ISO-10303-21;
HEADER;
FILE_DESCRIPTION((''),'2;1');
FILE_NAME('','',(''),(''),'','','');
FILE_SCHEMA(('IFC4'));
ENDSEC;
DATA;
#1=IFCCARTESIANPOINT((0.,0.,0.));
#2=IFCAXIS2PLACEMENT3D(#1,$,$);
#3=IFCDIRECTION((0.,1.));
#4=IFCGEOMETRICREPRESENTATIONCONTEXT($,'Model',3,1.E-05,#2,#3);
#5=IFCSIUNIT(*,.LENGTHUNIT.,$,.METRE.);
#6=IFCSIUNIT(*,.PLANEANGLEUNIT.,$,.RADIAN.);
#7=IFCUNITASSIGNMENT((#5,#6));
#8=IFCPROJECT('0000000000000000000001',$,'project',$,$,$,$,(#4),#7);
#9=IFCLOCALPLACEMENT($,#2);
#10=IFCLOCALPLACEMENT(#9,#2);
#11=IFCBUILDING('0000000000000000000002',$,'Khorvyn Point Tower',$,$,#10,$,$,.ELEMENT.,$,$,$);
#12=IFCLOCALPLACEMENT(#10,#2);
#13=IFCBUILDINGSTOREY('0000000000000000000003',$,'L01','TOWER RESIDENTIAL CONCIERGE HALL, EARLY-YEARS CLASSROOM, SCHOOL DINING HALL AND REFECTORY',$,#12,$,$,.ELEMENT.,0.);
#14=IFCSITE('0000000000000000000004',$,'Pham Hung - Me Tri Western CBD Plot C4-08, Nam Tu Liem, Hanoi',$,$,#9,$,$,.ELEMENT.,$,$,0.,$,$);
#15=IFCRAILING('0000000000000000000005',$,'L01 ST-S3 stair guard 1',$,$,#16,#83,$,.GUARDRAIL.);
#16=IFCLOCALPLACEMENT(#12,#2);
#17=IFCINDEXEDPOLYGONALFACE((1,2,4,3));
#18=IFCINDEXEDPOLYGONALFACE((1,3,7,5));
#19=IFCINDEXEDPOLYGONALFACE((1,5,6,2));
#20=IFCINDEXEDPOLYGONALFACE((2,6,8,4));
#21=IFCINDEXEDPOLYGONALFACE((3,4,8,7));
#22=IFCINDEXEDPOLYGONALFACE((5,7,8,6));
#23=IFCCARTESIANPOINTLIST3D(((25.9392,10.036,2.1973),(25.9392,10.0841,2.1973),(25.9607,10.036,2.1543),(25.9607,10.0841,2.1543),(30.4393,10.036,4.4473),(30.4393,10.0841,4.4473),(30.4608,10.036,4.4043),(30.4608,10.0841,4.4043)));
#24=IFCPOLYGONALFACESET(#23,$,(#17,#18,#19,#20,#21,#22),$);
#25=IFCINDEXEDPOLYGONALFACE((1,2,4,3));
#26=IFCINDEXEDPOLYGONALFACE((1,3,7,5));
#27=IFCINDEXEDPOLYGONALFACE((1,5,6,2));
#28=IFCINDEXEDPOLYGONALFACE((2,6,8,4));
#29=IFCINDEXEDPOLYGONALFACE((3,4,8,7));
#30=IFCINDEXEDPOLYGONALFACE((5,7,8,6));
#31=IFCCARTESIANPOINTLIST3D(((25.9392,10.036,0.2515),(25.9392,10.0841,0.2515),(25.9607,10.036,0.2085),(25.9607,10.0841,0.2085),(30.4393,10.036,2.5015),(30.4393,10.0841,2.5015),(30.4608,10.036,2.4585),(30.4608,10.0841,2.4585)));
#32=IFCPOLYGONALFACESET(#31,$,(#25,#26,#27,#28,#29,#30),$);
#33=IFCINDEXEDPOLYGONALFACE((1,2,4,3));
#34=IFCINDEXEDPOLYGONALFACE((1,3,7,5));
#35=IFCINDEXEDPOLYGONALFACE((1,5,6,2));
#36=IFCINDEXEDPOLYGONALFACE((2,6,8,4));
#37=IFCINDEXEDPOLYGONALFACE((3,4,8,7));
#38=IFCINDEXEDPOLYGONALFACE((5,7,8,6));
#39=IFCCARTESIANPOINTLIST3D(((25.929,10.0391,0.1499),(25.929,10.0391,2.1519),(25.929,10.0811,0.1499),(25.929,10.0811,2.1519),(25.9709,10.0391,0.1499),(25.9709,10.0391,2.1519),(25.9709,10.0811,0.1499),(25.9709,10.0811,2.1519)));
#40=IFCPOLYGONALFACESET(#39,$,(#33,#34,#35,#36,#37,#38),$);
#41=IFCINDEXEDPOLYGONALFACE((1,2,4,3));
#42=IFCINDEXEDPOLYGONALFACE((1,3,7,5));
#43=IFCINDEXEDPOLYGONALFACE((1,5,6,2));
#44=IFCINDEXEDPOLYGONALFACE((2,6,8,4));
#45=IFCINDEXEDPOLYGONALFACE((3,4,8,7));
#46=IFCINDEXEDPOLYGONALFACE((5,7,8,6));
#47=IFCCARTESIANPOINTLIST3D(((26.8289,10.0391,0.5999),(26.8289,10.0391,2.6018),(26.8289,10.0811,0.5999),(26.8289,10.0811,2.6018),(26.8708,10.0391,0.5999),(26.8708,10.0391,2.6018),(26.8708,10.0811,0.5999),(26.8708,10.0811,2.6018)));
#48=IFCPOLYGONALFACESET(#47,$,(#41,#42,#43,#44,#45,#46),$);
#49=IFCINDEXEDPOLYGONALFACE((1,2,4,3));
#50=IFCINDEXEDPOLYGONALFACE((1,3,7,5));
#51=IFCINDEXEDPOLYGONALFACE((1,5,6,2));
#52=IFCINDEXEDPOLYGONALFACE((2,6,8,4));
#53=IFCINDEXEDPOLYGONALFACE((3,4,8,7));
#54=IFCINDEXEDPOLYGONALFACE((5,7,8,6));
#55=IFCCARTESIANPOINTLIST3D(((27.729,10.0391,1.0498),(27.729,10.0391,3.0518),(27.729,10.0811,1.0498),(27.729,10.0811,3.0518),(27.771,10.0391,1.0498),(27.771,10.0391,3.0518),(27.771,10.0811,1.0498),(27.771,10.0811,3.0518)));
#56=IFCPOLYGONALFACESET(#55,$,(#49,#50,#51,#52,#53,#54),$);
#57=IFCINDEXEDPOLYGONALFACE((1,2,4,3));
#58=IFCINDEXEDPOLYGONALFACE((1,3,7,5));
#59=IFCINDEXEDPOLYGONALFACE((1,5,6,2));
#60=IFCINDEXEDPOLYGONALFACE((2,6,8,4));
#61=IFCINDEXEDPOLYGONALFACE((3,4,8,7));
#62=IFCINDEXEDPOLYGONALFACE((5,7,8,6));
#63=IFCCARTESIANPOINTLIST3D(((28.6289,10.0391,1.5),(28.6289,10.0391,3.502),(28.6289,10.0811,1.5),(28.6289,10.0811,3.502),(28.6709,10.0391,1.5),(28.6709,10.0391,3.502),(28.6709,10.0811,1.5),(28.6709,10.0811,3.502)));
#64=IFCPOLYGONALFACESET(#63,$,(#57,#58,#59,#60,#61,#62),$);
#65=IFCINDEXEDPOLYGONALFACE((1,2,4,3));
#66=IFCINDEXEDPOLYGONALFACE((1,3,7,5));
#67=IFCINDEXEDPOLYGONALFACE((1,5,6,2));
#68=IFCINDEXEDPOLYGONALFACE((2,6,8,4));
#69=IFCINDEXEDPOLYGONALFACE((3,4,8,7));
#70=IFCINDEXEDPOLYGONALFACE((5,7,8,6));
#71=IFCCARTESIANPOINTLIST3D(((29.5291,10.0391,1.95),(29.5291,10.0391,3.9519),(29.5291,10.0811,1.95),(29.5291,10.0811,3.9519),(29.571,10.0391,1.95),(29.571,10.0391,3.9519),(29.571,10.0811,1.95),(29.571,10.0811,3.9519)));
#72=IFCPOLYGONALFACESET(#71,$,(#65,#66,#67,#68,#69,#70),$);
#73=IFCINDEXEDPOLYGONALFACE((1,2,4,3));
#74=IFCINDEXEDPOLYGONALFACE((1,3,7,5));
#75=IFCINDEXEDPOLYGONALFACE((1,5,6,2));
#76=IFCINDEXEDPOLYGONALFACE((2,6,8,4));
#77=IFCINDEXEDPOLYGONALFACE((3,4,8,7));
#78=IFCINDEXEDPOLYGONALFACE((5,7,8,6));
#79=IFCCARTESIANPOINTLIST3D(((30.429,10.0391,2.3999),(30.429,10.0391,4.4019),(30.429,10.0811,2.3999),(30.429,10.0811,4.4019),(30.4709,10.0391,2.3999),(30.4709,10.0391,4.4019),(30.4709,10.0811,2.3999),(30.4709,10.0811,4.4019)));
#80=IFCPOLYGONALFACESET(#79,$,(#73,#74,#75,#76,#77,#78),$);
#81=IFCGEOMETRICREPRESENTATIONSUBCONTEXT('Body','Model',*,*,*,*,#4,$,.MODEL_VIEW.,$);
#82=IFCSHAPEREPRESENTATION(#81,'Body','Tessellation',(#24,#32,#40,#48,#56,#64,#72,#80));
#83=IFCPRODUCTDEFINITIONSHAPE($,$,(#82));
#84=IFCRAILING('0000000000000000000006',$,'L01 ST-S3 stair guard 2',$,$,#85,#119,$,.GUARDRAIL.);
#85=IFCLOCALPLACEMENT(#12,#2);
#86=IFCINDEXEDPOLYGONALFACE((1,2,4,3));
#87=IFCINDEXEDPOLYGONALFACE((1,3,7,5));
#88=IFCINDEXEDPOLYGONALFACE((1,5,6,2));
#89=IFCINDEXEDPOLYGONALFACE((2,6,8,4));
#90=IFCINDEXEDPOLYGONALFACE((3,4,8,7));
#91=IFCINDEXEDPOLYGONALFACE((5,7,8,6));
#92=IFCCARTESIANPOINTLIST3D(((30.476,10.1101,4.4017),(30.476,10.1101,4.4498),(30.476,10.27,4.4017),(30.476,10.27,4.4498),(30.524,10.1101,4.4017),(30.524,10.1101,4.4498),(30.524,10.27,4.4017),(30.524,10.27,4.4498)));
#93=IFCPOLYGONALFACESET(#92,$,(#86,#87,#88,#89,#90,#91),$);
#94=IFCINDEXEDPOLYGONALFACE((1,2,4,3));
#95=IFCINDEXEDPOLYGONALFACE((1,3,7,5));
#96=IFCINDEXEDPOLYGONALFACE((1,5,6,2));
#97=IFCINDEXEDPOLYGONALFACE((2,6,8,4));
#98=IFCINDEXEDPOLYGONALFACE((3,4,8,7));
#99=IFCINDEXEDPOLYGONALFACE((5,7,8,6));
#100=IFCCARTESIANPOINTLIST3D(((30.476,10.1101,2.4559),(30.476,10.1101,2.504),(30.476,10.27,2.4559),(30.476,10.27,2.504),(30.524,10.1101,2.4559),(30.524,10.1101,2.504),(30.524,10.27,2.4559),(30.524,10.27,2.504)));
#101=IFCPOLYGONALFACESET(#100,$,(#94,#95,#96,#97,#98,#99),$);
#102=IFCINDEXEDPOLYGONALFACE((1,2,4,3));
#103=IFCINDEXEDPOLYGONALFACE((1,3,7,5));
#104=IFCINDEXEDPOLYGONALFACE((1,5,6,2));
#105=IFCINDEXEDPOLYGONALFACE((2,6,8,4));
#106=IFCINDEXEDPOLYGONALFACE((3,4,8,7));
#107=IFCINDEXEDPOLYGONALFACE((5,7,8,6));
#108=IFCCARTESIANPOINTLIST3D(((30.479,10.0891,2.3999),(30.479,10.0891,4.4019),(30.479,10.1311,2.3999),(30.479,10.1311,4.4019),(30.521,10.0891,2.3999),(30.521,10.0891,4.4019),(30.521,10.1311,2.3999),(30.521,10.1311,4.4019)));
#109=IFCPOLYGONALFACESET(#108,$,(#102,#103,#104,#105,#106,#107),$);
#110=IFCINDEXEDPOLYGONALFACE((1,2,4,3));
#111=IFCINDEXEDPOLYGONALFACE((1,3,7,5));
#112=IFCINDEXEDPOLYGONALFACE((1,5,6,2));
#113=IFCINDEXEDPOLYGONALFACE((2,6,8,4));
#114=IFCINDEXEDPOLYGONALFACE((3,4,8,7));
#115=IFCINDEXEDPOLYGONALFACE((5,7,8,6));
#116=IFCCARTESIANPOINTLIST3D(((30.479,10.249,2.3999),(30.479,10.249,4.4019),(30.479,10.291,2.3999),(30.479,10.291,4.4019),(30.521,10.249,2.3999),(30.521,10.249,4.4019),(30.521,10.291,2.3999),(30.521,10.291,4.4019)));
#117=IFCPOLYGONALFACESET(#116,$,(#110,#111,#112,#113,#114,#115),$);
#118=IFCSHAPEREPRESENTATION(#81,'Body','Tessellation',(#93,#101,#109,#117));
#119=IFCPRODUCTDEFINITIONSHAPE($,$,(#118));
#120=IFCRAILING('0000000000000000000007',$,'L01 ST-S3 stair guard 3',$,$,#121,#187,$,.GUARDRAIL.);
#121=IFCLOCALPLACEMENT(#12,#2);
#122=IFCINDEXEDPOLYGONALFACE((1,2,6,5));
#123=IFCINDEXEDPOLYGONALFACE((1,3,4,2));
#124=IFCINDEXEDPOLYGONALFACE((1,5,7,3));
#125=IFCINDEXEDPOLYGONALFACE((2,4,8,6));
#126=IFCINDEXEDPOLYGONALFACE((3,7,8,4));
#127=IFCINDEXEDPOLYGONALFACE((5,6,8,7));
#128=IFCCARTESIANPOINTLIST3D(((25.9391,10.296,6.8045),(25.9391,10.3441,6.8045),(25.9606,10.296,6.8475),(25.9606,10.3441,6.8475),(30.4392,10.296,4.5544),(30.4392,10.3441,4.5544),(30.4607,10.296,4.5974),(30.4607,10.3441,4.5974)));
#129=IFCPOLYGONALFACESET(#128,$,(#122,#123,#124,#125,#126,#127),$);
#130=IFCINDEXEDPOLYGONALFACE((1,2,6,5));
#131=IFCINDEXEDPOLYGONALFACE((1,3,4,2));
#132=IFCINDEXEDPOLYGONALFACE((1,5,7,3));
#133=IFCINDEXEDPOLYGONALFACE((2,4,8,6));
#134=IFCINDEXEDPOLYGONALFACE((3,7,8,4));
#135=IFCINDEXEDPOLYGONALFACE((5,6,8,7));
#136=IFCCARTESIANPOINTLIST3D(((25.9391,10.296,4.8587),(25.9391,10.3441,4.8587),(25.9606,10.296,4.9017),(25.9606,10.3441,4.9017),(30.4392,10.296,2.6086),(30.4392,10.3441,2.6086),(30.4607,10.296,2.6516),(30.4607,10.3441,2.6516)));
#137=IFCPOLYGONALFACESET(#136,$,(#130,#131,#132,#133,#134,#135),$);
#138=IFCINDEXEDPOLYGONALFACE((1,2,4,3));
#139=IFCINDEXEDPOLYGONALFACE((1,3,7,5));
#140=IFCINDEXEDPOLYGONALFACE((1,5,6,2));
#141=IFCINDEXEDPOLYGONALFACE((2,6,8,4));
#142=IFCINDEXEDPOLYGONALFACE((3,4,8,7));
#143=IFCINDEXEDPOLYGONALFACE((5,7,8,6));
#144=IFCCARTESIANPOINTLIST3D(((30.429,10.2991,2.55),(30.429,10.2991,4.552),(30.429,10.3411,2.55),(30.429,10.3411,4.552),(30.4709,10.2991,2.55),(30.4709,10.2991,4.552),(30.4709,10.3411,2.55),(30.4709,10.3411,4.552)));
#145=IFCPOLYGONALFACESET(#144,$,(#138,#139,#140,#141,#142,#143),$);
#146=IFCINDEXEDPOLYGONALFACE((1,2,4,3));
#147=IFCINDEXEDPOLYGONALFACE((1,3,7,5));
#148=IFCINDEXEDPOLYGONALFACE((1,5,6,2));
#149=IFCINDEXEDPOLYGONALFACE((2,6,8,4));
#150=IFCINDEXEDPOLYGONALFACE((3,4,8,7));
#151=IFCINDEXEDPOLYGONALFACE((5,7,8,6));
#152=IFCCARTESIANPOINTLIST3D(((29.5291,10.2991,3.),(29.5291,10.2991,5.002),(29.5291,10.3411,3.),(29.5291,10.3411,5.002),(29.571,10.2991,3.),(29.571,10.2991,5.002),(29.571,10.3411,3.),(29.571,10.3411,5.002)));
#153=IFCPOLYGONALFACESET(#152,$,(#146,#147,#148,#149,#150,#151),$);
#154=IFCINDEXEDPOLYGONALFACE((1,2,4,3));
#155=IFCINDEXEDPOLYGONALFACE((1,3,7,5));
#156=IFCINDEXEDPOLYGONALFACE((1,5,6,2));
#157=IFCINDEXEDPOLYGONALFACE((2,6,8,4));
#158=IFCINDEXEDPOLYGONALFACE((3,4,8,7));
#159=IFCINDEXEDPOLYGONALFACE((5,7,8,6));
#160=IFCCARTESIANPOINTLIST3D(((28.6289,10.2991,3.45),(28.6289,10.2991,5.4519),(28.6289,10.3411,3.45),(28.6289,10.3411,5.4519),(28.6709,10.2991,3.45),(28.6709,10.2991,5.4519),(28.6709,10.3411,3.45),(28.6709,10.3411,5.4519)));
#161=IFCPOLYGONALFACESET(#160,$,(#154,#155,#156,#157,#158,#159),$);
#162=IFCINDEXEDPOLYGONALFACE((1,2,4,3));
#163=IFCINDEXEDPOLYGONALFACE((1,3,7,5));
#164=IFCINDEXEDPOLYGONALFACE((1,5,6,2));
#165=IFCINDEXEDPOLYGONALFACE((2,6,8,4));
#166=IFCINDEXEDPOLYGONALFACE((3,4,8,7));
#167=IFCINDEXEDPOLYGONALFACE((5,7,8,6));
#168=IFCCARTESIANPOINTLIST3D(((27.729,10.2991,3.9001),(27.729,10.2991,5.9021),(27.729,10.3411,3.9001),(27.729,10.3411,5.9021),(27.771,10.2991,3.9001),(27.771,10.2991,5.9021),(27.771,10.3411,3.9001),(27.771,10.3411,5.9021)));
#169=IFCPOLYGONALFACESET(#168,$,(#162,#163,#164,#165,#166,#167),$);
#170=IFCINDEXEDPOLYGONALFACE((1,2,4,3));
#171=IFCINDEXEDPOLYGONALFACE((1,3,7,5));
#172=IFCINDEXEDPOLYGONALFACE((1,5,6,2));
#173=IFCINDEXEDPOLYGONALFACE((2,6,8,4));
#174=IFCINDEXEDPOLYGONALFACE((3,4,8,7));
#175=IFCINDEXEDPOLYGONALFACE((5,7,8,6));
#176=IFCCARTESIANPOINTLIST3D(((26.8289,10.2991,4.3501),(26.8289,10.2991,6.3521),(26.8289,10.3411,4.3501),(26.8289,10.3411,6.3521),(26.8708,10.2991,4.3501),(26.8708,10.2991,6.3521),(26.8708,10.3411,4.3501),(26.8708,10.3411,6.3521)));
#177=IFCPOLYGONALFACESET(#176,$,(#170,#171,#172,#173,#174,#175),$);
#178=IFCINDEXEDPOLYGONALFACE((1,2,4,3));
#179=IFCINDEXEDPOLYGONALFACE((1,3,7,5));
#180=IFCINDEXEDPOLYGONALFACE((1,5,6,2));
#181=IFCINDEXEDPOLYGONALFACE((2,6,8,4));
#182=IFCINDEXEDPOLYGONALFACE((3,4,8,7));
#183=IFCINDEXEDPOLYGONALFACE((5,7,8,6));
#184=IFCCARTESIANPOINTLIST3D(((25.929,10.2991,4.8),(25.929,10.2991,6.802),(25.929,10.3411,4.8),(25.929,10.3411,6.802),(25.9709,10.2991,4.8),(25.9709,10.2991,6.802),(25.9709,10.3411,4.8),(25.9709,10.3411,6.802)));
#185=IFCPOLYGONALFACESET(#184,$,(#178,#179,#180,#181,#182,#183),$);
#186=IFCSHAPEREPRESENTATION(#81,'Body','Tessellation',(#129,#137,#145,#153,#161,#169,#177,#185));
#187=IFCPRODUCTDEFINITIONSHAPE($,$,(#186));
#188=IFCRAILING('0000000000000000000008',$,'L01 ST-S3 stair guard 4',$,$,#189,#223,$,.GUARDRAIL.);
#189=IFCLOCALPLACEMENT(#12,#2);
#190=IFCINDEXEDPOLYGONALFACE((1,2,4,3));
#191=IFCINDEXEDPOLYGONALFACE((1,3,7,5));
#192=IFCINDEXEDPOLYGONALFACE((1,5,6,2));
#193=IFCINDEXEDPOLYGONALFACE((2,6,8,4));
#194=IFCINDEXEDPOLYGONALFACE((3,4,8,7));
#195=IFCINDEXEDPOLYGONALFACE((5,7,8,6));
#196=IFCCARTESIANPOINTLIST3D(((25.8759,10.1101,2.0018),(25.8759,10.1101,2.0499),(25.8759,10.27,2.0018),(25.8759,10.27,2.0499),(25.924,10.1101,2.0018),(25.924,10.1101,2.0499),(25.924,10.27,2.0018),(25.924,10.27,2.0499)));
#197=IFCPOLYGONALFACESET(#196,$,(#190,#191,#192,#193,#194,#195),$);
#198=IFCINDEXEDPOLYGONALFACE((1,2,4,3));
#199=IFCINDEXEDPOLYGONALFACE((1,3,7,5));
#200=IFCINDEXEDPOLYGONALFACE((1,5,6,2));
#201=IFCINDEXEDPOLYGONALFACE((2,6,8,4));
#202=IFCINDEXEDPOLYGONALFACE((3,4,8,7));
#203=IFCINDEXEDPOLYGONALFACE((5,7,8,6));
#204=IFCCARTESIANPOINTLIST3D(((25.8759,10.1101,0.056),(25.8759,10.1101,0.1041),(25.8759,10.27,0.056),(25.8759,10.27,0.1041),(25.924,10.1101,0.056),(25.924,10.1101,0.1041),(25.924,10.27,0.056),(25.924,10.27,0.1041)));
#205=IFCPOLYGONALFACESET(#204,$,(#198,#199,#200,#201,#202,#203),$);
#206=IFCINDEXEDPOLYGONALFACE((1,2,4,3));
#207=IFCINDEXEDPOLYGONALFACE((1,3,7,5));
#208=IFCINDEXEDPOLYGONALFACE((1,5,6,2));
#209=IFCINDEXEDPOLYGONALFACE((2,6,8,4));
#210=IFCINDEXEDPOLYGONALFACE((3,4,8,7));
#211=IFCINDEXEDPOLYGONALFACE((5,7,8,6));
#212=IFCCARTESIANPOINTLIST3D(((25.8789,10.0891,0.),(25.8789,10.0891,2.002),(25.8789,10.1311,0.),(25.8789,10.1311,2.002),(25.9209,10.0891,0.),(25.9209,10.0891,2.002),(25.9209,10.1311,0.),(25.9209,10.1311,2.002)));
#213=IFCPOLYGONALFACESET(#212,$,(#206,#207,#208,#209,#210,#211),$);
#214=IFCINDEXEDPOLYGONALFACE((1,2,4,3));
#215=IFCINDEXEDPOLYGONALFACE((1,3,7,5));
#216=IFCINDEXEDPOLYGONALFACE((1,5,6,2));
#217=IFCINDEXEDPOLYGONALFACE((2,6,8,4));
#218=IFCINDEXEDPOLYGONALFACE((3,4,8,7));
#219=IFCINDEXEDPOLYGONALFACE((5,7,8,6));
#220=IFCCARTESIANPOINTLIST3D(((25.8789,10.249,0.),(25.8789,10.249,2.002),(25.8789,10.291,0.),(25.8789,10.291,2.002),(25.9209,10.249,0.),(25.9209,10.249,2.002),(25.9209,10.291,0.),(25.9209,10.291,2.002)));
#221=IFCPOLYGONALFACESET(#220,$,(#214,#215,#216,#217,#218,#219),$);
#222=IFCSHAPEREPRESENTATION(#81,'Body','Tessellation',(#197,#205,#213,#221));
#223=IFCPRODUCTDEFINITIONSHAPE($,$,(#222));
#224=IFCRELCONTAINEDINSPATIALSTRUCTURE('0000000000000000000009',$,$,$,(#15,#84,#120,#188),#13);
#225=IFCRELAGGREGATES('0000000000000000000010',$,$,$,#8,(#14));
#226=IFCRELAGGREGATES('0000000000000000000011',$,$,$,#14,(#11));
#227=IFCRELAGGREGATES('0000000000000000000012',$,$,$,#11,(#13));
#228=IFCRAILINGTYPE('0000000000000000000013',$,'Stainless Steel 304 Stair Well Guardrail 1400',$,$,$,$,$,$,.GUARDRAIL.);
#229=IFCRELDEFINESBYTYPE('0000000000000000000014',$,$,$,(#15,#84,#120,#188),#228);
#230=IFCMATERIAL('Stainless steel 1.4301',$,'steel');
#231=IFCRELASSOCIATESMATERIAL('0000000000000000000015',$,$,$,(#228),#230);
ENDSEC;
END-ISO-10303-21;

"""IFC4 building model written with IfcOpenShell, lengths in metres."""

from ifc_helpers import new_model, si_unit, direction, frame, origin, origin_2d, place, context, subcontext, project, spatial, rectangle, extrude, material, type_object, element, save


model = new_model("IFC4")

# Units and contexts
model_context = context("Model", 3, precision=1e-05, world=origin(), true_north=direction((0.0, 1.0)))
body_context = subcontext(model_context, "Body", "Model", "MODEL_VIEW")
ifc_project = project(units=[si_unit("LENGTHUNIT", "METRE"), si_unit("PLANEANGLEUNIT", "RADIAN")], contexts=[model_context])

# Site, building, storey
site_placement = place(None, origin())
site = spatial("IfcSite", under=ifc_project, at=site_placement, Name="Pham Hung - Me Tri Western CBD Plot C4-08, Nam Tu Liem, Hanoi", CompositionType="ELEMENT", RefElevation=0.0)
building_placement = place(site_placement, origin())
building = spatial("IfcBuilding", under=site, at=building_placement, Name="Khorvyn Point Tower", CompositionType="ELEMENT")
storey_placement = place(building_placement, origin())
storey = spatial("IfcBuildingStorey", under=building, at=storey_placement, Name="L01", Description="TOWER RESIDENTIAL CONCIERGE HALL, EARLY-YEARS CLASSROOM, SCHOOL DINING HALL AND REFECTORY", CompositionType="ELEMENT", Elevation=0.0)

# Railings
ifc_material_1 = material(Name="Stainless steel 1.4301", Category="steel")
railing_type_1 = type_object("IfcRailingType", Name="Stainless Steel 304 Stair Well Guardrail 1400", PredefinedType="GUARDRAIL", material=ifc_material_1)
railing_1_placement = place(storey_placement, frame((25.95, 10.0601, 0.1499)))
element("IfcRailing", 1, at=railing_1_placement, inside=storey, type_object=railing_type_1, Name="L01 ST-S3 stair guard 1", PredefinedType="GUARDRAIL", context=body_context, shape_type="SweptSolid", body=[
    extrude(rectangle(XDim=0.0481, YDim=0.0481, at=origin_2d()), frame((0.0, 0.0, 2.0259), z_axis=(0.894427, 0.0, 0.447214), x_axis=(0.0, 1.0, 0.0)), (0.0, 0.0, 1.0), 5.0312),
    extrude(rectangle(XDim=0.0481, YDim=0.0481, at=origin_2d()), frame((0.0, 0.0, 0.0801), z_axis=(0.894427, 0.0, 0.447214), x_axis=(0.0, 1.0, 0.0)), (0.0, 0.0, 1.0), 5.0312),
    extrude(rectangle(XDim=0.042, YDim=0.042, at=origin_2d()), origin(), (0.0, 0.0, 1.0), 2.002),
    extrude(rectangle(XDim=0.042, YDim=0.042, at=origin_2d()), frame((0.8999, 0.0, 0.45)), (0.0, 0.0, 1.0), 2.002),
    extrude(rectangle(XDim=0.042, YDim=0.042, at=origin_2d()), frame((1.8, 0.0, 0.8999)), (0.0, 0.0, 1.0), 2.002),
    extrude(rectangle(XDim=0.042, YDim=0.042, at=origin_2d()), frame((2.7, 0.0, 1.3501)), (0.0, 0.0, 1.0), 2.002),
    extrude(rectangle(XDim=0.042, YDim=0.042, at=origin_2d()), frame((3.6001, 0.0, 1.8)), (0.0, 0.0, 1.0), 2.002),
    extrude(rectangle(XDim=0.042, YDim=0.042, at=origin_2d()), frame((4.5, 0.0, 2.25)), (0.0, 0.0, 1.0), 2.002),
])
railing_2_placement = place(storey_placement, frame((30.5, 10.1101, 2.3999)))
element("IfcRailing", 2, at=railing_2_placement, inside=storey, type_object=railing_type_1, Name="L01 ST-S3 stair guard 2", PredefinedType="GUARDRAIL", context=body_context, shape_type="SweptSolid", body=[
    extrude(rectangle(XDim=0.0481, YDim=0.0481, at=origin_2d()), frame((0.0, 0.0, 2.0259), z_axis=(0.0, 1.0, 0.0), x_axis=(-1.0, 0.0, 0.0)), (0.0, 0.0, 1.0), 0.1599),
    extrude(rectangle(XDim=0.0481, YDim=0.0481, at=origin_2d()), frame((0.0, 0.0, 0.0801), z_axis=(0.0, 1.0, 0.0), x_axis=(-1.0, 0.0, 0.0)), (0.0, 0.0, 1.0), 0.1599),
    extrude(rectangle(XDim=0.042, YDim=0.042, at=origin_2d()), origin(), (0.0, 0.0, 1.0), 2.002),
    extrude(rectangle(XDim=0.042, YDim=0.042, at=origin_2d()), frame((0.0, 0.1599, 0.0)), (0.0, 0.0, 1.0), 2.002),
])
railing_3_placement = place(storey_placement, frame((30.45, 10.3201, 2.55)))
element("IfcRailing", 3, at=railing_3_placement, inside=storey, type_object=railing_type_1, Name="L01 ST-S3 stair guard 3", PredefinedType="GUARDRAIL", context=body_context, shape_type="SweptSolid", body=[
    extrude(rectangle(XDim=0.0481, YDim=0.0481, at=origin_2d()), frame((0.0, 0.0, 2.0259), z_axis=(-0.894427, 0.0, 0.447214), x_axis=(0.0, -1.0, 0.0)), (0.0, 0.0, 1.0), 5.0312),
    extrude(rectangle(XDim=0.0481, YDim=0.0481, at=origin_2d()), frame((0.0, 0.0, 0.0801), z_axis=(-0.894427, 0.0, 0.447214), x_axis=(0.0, -1.0, 0.0)), (0.0, 0.0, 1.0), 5.0312),
    extrude(rectangle(XDim=0.042, YDim=0.042, at=origin_2d()), origin(), (0.0, 0.0, 1.0), 2.002),
    extrude(rectangle(XDim=0.042, YDim=0.042, at=origin_2d()), frame((-0.8999, 0.0, 0.45)), (0.0, 0.0, 1.0), 2.002),
    extrude(rectangle(XDim=0.042, YDim=0.042, at=origin_2d()), frame((-1.8, 0.0, 0.8999)), (0.0, 0.0, 1.0), 2.002),
    extrude(rectangle(XDim=0.042, YDim=0.042, at=origin_2d()), frame((-2.7, 0.0, 1.3501)), (0.0, 0.0, 1.0), 2.002),
    extrude(rectangle(XDim=0.042, YDim=0.042, at=origin_2d()), frame((-3.6001, 0.0, 1.8)), (0.0, 0.0, 1.0), 2.002),
    extrude(rectangle(XDim=0.042, YDim=0.042, at=origin_2d()), frame((-4.5, 0.0, 2.25)), (0.0, 0.0, 1.0), 2.002),
])
railing_4_placement = place(storey_placement, frame((25.8999, 10.1101, 0.0)))
element("IfcRailing", 4, at=railing_4_placement, inside=storey, type_object=railing_type_1, Name="L01 ST-S3 stair guard 4", PredefinedType="GUARDRAIL", context=body_context, shape_type="SweptSolid", body=[
    extrude(rectangle(XDim=0.0481, YDim=0.0481, at=origin_2d()), frame((0.0, 0.0, 2.0259), z_axis=(0.0, 1.0, 0.0), x_axis=(-1.0, 0.0, 0.0)), (0.0, 0.0, 1.0), 0.1599),
    extrude(rectangle(XDim=0.0481, YDim=0.0481, at=origin_2d()), frame((0.0, 0.0, 0.0801), z_axis=(0.0, 1.0, 0.0), x_axis=(-1.0, 0.0, 0.0)), (0.0, 0.0, 1.0), 0.1599),
    extrude(rectangle(XDim=0.042, YDim=0.042, at=origin_2d()), origin(), (0.0, 0.0, 1.0), 2.002),
    extrude(rectangle(XDim=0.042, YDim=0.042, at=origin_2d()), frame((0.0, 0.1599, 0.0)), (0.0, 0.0, 1.0), 2.002),
])

save(model, "model.ifc")
